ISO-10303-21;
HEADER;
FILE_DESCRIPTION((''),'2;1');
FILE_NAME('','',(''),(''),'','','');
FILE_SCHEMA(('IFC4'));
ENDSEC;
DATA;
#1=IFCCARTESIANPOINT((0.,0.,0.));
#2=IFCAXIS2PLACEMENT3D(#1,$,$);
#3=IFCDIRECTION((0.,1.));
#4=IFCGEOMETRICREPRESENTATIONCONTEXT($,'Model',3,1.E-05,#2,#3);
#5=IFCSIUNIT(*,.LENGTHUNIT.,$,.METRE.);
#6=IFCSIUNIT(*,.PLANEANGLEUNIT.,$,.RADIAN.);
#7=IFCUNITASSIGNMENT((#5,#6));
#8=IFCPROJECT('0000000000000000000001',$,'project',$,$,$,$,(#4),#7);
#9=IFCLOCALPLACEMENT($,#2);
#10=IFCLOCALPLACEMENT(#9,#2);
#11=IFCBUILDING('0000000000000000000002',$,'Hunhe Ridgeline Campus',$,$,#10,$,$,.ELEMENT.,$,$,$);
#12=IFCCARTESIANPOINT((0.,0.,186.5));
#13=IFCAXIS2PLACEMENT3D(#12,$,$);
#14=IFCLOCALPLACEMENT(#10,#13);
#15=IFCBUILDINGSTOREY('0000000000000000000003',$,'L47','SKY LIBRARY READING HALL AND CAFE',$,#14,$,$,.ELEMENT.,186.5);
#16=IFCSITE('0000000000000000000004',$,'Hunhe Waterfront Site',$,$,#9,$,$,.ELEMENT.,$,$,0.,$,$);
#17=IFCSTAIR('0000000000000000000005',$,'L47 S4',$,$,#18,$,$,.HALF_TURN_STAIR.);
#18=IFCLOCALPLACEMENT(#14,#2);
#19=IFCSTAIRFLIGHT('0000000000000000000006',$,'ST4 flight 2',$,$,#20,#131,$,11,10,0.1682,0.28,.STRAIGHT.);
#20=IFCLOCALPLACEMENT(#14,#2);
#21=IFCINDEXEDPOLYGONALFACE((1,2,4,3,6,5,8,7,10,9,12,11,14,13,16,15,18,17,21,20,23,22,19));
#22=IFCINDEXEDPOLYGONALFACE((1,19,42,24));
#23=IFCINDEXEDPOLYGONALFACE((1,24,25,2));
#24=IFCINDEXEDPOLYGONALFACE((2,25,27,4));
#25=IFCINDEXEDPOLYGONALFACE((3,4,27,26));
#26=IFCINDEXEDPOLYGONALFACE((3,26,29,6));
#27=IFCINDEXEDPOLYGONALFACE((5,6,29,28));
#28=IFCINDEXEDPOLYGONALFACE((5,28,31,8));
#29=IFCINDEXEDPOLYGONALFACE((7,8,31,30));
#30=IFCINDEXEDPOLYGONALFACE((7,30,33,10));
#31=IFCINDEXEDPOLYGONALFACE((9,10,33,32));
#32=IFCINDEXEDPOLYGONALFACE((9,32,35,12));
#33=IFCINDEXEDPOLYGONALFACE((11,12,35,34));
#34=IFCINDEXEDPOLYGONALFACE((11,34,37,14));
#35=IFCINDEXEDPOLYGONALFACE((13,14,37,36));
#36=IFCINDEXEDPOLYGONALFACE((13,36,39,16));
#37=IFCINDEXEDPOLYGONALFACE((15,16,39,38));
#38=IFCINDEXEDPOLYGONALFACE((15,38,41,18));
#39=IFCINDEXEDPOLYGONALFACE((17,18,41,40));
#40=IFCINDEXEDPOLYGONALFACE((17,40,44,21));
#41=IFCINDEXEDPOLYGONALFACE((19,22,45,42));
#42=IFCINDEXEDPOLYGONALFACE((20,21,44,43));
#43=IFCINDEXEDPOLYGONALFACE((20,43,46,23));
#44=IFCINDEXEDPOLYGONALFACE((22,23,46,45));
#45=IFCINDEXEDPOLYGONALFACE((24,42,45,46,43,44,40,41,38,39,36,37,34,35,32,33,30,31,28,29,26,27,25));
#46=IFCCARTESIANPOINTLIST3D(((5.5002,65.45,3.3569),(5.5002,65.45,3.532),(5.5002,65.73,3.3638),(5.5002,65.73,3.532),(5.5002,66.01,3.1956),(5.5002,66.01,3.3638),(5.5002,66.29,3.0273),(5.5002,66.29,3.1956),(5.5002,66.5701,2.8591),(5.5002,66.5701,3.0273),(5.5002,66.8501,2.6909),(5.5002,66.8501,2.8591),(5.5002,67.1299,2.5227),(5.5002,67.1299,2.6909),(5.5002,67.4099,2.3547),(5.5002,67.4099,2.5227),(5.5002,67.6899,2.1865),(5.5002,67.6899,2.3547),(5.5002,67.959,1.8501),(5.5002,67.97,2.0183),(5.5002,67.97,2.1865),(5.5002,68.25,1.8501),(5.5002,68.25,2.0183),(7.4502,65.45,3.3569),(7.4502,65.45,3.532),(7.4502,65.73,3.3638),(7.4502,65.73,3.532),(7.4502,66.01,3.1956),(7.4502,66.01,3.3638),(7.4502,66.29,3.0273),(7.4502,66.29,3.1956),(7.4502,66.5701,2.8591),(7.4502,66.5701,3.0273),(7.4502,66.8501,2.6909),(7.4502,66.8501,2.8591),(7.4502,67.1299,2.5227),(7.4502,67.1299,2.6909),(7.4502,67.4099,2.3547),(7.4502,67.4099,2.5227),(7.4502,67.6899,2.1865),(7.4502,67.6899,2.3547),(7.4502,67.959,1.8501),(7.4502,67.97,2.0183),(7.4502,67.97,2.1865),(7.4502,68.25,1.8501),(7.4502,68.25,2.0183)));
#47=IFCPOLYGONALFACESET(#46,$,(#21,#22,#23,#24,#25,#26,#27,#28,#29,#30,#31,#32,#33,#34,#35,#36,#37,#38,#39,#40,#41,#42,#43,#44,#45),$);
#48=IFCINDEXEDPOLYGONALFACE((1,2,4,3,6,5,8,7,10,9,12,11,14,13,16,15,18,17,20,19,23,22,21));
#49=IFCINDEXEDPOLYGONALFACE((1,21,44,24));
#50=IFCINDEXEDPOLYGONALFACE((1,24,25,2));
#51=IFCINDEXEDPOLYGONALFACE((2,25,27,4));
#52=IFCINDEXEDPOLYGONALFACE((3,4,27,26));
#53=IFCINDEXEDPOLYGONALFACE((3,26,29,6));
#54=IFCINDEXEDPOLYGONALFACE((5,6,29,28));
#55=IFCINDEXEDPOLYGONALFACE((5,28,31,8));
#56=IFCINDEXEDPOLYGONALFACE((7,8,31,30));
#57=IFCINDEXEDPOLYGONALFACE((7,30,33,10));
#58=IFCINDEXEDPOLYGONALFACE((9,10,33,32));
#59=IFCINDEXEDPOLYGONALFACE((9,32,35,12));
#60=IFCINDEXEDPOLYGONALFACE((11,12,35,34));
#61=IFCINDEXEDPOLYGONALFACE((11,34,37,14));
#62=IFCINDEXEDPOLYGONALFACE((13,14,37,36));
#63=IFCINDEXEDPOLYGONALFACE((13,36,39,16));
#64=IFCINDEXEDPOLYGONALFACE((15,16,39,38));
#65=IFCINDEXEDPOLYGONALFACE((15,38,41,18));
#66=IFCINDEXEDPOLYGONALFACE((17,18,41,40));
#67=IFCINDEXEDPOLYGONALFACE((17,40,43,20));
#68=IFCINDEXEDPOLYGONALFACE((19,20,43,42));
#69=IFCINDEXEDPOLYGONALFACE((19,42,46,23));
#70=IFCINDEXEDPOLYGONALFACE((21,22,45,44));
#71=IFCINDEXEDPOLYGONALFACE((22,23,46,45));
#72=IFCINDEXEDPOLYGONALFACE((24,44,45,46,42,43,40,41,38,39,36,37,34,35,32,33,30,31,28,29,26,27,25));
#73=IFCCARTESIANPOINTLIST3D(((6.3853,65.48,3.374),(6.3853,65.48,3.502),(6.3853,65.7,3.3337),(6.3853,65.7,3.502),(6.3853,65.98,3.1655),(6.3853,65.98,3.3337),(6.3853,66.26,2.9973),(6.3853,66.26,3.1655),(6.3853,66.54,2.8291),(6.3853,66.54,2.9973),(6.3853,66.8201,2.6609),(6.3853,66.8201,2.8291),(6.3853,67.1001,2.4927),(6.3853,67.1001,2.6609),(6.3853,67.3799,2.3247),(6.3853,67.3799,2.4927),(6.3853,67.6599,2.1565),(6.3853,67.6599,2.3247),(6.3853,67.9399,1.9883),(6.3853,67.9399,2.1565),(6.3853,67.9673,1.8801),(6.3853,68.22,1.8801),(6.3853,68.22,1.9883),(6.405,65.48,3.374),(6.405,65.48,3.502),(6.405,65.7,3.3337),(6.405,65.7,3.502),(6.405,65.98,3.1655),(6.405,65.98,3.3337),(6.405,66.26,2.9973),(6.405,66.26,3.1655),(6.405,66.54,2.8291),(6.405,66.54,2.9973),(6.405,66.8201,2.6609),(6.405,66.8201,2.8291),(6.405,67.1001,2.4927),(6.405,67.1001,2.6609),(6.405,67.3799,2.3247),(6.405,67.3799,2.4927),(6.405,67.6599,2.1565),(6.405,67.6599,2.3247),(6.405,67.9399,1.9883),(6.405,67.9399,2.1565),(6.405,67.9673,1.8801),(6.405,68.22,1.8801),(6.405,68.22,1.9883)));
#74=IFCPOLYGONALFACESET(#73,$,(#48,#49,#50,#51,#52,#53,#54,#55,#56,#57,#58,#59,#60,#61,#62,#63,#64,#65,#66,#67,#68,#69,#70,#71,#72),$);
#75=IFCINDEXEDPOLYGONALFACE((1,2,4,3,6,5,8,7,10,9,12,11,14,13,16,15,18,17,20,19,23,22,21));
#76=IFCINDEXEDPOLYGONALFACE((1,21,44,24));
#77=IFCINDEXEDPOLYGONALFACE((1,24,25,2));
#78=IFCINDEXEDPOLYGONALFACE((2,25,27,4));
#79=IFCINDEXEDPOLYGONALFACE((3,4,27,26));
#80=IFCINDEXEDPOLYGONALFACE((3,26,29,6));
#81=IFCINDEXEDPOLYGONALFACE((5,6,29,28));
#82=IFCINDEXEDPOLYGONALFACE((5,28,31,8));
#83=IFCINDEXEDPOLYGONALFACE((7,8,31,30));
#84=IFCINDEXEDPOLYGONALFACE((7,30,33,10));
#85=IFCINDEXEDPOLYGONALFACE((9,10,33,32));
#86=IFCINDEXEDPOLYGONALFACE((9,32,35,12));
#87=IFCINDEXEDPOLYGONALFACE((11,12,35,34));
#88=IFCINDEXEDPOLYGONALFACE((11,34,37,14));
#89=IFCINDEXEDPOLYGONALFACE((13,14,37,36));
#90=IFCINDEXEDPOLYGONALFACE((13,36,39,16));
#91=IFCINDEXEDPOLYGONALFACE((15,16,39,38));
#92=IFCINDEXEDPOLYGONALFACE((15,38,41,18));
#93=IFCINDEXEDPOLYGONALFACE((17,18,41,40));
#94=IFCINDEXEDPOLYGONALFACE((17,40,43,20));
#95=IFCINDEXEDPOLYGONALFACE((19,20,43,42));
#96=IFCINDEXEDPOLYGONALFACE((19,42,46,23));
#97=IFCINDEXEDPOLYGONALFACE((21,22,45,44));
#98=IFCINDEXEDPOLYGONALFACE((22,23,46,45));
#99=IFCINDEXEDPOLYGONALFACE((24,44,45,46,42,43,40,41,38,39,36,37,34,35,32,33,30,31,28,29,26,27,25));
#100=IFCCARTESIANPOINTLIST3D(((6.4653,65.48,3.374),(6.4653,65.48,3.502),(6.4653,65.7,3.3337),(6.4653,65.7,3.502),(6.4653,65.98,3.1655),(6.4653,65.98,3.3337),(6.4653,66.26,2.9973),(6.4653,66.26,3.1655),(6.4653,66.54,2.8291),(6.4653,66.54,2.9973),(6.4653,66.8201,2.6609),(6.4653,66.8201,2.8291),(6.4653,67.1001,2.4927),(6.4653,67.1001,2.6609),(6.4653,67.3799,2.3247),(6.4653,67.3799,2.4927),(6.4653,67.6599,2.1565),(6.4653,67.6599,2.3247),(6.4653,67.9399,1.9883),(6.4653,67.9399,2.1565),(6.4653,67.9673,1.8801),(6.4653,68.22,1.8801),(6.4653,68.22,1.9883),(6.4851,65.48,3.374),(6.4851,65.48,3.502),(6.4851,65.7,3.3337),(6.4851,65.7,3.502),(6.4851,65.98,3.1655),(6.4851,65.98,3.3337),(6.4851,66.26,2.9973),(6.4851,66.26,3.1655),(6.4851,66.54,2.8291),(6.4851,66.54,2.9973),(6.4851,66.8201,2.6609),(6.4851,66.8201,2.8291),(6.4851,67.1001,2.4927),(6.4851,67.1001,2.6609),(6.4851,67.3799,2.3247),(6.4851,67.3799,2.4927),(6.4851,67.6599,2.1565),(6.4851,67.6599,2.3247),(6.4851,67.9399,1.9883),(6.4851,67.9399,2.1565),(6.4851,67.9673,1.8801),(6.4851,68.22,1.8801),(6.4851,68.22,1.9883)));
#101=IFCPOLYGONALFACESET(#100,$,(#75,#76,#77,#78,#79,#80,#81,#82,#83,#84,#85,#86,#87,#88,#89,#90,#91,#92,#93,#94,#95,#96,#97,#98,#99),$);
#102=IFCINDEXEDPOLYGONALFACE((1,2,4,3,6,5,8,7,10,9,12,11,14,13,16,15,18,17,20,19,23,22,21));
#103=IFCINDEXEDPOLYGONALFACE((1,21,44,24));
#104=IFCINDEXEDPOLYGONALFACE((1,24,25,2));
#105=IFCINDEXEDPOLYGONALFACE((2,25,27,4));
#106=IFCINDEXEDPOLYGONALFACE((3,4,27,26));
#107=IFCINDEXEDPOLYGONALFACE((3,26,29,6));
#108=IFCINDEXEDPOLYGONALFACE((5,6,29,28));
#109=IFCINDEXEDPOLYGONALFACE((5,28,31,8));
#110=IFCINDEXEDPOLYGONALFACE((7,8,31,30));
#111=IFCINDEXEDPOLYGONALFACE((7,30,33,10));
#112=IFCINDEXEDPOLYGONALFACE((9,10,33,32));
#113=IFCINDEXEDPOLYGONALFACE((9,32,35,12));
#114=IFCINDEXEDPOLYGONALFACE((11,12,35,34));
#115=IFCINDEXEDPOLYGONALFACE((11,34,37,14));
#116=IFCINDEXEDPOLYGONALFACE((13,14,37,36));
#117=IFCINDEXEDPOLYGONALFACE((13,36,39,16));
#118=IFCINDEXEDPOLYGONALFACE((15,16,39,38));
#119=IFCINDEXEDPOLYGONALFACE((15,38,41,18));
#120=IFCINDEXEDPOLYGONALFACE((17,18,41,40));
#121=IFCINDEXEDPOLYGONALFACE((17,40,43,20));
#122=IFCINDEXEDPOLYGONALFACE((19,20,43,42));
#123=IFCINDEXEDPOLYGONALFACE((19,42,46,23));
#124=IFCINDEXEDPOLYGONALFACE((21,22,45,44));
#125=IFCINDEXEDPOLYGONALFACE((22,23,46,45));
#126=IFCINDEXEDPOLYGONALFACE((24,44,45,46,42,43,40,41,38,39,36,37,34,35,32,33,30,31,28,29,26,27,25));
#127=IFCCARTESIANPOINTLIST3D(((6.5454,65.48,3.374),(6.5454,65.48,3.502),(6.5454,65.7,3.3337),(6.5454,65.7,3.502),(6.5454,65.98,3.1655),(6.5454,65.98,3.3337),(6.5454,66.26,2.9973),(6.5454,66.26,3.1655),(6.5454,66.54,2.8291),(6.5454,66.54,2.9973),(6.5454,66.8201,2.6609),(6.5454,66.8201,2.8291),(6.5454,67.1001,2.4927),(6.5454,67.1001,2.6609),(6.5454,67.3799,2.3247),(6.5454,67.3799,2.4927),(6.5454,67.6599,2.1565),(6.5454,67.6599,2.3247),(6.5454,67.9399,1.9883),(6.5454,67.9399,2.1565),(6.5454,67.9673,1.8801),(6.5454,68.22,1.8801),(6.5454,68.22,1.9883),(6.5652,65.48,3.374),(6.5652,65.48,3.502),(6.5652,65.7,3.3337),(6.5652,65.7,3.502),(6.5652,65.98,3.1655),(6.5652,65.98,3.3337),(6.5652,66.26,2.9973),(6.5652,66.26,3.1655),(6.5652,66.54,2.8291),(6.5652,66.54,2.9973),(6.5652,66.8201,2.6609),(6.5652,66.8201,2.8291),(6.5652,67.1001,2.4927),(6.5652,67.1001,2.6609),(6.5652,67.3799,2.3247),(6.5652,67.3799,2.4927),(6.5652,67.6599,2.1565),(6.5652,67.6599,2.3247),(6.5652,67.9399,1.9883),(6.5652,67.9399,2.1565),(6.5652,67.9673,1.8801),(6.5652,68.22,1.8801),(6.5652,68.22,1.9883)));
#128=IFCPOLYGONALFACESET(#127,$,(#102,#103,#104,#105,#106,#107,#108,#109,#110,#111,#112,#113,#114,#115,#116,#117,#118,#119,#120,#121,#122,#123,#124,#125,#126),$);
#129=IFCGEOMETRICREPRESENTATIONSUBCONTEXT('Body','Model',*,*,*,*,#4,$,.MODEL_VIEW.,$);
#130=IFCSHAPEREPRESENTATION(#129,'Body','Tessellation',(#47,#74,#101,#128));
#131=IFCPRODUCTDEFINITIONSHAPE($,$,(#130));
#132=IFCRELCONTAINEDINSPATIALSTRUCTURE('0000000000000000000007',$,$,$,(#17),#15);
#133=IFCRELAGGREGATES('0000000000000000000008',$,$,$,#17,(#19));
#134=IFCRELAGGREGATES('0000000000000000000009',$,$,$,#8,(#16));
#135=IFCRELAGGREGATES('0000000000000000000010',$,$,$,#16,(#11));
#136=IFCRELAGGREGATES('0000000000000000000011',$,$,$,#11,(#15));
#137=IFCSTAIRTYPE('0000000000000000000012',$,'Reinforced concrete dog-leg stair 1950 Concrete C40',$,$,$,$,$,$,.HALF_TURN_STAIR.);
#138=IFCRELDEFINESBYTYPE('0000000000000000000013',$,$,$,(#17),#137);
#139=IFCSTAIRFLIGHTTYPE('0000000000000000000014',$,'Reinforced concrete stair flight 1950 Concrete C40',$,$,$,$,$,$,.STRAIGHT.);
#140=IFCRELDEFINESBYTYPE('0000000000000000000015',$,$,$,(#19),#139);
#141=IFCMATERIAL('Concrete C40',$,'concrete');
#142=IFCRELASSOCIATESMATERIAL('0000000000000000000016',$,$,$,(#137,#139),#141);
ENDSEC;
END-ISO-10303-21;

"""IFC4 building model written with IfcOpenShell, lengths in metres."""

from ifc_helpers import new_model, si_unit, direction, frame, origin, place, context, subcontext, project, spatial, polyline, outline, extrude, material, type_object, element, aggregate, save


model = new_model("IFC4")

# Units and contexts
model_context = context("Model", 3, precision=1e-05, world=origin(), true_north=direction((0.0, 1.0)))
body_context = subcontext(model_context, "Body", "Model", "MODEL_VIEW")
ifc_project = project(units=[si_unit("LENGTHUNIT", "METRE"), si_unit("PLANEANGLEUNIT", "RADIAN")], contexts=[model_context])

# Site, building, storey
site_placement = place(None, origin())
site = spatial("IfcSite", under=ifc_project, at=site_placement, Name="Hunhe Waterfront Site", CompositionType="ELEMENT", RefElevation=0.0)
building_placement = place(site_placement, origin())
building = spatial("IfcBuilding", under=site, at=building_placement, Name="Hunhe Ridgeline Campus", CompositionType="ELEMENT")
storey_placement = place(building_placement, frame((0.0, 0.0, 186.5)))
storey = spatial("IfcBuildingStorey", under=building, at=storey_placement, Name="L47", Description="SKY LIBRARY READING HALL AND CAFE", CompositionType="ELEMENT", Elevation=186.5)

# Stair, stair flight
ifc_material_1 = material(Name="Concrete C40", Category="concrete")
stair_type = type_object("IfcStairType", Name="Reinforced concrete dog-leg stair 1950 Concrete C40", PredefinedType="HALF_TURN_STAIR", material=ifc_material_1)
stair_flight_type = type_object("IfcStairFlightType", Name="Reinforced concrete stair flight 1950 Concrete C40", PredefinedType="STRAIGHT", material=ifc_material_1)
stair_1_placement = place(storey_placement, origin())
stair_1 = element("IfcStair", 1, at=stair_1_placement, inside=storey, type_object=stair_type, Name="L47 S4", PredefinedType="HALF_TURN_STAIR")
stair_flight_1_placement = place(storey_placement, frame((6.4751, 68.25, 1.8501), z_axis=(0.0, 0.0, 1.0), x_axis=(0.0, -1.0, 0.0)))
stair_flight_1 = element("IfcStairFlight", 2, at=stair_flight_1_placement, type_object=stair_flight_type, Name="ST4 flight 2", NumberOfRisers=11, NumberOfTreads=10, PredefinedType="STRAIGHT", RiserHeight=0.1682, TreadLength=0.28, context=body_context, shape_type="SweptSolid", body=[
    extrude(outline(polyline([(0.0, 0.0), (0.0, 0.1682), (0.28, 0.1682), (0.28, 0.3364), (0.5601, 0.3364), (0.5601, 0.5046), (0.8401, 0.5046), (0.8401, 0.6726), (1.1201, 0.6726), (1.1201, 0.8408), (1.3999, 0.8408), (1.3999, 1.009), (1.6799, 1.009), (1.6799, 1.1772), (1.96, 1.1772), (1.96, 1.3455), (2.24, 1.3455), (2.24, 1.5137), (2.52, 1.5137), (2.52, 1.6819), (2.8, 1.6819), (2.8, 1.8501), (2.8, 1.5068), (0.291, 0.0), (0.0, 0.0)])), frame((0.0, 0.9751, 0.0), z_axis=(0.0, -1.0, 0.0), x_axis=(1.0, 0.0, 0.0)), (0.0, 0.0, 1.0), 1.95),
    extrude(outline(polyline([(0.03, 0.03), (0.03, 0.1382), (0.3101, 0.1382), (0.3101, 0.3064), (0.5901, 0.3064), (0.5901, 0.4746), (0.8701, 0.4746), (0.8701, 0.6426), (1.1499, 0.6426), (1.1499, 0.8108), (1.4299, 0.8108), (1.4299, 0.979), (1.71, 0.979), (1.71, 1.1472), (1.99, 1.1472), (1.99, 1.3154), (2.27, 1.3154), (2.27, 1.4836), (2.55, 1.4836), (2.55, 1.6519), (2.77, 1.6519), (2.77, 1.5239), (0.2827, 0.03), (0.03, 0.03)])), frame((0.0, -0.0701, 0.0), z_axis=(0.0, -1.0, 0.0), x_axis=(1.0, 0.0, 0.0)), (0.0, 0.0, 1.0), 0.0198),
    extrude(outline(polyline([(0.03, 0.03), (0.03, 0.1382), (0.3101, 0.1382), (0.3101, 0.3064), (0.5901, 0.3064), (0.5901, 0.4746), (0.8701, 0.4746), (0.8701, 0.6426), (1.1499, 0.6426), (1.1499, 0.8108), (1.4299, 0.8108), (1.4299, 0.979), (1.71, 0.979), (1.71, 1.1472), (1.99, 1.1472), (1.99, 1.3154), (2.27, 1.3154), (2.27, 1.4836), (2.55, 1.4836), (2.55, 1.6519), (2.77, 1.6519), (2.77, 1.5239), (0.2827, 0.03), (0.03, 0.03)])), frame((0.0, 0.01, 0.0), z_axis=(0.0, -1.0, 0.0), x_axis=(1.0, 0.0, 0.0)), (0.0, 0.0, 1.0), 0.0198),
    extrude(outline(polyline([(0.03, 0.03), (0.03, 0.1382), (0.3101, 0.1382), (0.3101, 0.3064), (0.5901, 0.3064), (0.5901, 0.4746), (0.8701, 0.4746), (0.8701, 0.6426), (1.1499, 0.6426), (1.1499, 0.8108), (1.4299, 0.8108), (1.4299, 0.979), (1.71, 0.979), (1.71, 1.1472), (1.99, 1.1472), (1.99, 1.3154), (2.27, 1.3154), (2.27, 1.4836), (2.55, 1.4836), (2.55, 1.6519), (2.77, 1.6519), (2.77, 1.5239), (0.2827, 0.03), (0.03, 0.03)])), frame((0.0, 0.0901, 0.0), z_axis=(0.0, -1.0, 0.0), x_axis=(1.0, 0.0, 0.0)), (0.0, 0.0, 1.0), 0.0198),
])
aggregate(stair_1, [stair_flight_1])

save(model, "model.ifc")
